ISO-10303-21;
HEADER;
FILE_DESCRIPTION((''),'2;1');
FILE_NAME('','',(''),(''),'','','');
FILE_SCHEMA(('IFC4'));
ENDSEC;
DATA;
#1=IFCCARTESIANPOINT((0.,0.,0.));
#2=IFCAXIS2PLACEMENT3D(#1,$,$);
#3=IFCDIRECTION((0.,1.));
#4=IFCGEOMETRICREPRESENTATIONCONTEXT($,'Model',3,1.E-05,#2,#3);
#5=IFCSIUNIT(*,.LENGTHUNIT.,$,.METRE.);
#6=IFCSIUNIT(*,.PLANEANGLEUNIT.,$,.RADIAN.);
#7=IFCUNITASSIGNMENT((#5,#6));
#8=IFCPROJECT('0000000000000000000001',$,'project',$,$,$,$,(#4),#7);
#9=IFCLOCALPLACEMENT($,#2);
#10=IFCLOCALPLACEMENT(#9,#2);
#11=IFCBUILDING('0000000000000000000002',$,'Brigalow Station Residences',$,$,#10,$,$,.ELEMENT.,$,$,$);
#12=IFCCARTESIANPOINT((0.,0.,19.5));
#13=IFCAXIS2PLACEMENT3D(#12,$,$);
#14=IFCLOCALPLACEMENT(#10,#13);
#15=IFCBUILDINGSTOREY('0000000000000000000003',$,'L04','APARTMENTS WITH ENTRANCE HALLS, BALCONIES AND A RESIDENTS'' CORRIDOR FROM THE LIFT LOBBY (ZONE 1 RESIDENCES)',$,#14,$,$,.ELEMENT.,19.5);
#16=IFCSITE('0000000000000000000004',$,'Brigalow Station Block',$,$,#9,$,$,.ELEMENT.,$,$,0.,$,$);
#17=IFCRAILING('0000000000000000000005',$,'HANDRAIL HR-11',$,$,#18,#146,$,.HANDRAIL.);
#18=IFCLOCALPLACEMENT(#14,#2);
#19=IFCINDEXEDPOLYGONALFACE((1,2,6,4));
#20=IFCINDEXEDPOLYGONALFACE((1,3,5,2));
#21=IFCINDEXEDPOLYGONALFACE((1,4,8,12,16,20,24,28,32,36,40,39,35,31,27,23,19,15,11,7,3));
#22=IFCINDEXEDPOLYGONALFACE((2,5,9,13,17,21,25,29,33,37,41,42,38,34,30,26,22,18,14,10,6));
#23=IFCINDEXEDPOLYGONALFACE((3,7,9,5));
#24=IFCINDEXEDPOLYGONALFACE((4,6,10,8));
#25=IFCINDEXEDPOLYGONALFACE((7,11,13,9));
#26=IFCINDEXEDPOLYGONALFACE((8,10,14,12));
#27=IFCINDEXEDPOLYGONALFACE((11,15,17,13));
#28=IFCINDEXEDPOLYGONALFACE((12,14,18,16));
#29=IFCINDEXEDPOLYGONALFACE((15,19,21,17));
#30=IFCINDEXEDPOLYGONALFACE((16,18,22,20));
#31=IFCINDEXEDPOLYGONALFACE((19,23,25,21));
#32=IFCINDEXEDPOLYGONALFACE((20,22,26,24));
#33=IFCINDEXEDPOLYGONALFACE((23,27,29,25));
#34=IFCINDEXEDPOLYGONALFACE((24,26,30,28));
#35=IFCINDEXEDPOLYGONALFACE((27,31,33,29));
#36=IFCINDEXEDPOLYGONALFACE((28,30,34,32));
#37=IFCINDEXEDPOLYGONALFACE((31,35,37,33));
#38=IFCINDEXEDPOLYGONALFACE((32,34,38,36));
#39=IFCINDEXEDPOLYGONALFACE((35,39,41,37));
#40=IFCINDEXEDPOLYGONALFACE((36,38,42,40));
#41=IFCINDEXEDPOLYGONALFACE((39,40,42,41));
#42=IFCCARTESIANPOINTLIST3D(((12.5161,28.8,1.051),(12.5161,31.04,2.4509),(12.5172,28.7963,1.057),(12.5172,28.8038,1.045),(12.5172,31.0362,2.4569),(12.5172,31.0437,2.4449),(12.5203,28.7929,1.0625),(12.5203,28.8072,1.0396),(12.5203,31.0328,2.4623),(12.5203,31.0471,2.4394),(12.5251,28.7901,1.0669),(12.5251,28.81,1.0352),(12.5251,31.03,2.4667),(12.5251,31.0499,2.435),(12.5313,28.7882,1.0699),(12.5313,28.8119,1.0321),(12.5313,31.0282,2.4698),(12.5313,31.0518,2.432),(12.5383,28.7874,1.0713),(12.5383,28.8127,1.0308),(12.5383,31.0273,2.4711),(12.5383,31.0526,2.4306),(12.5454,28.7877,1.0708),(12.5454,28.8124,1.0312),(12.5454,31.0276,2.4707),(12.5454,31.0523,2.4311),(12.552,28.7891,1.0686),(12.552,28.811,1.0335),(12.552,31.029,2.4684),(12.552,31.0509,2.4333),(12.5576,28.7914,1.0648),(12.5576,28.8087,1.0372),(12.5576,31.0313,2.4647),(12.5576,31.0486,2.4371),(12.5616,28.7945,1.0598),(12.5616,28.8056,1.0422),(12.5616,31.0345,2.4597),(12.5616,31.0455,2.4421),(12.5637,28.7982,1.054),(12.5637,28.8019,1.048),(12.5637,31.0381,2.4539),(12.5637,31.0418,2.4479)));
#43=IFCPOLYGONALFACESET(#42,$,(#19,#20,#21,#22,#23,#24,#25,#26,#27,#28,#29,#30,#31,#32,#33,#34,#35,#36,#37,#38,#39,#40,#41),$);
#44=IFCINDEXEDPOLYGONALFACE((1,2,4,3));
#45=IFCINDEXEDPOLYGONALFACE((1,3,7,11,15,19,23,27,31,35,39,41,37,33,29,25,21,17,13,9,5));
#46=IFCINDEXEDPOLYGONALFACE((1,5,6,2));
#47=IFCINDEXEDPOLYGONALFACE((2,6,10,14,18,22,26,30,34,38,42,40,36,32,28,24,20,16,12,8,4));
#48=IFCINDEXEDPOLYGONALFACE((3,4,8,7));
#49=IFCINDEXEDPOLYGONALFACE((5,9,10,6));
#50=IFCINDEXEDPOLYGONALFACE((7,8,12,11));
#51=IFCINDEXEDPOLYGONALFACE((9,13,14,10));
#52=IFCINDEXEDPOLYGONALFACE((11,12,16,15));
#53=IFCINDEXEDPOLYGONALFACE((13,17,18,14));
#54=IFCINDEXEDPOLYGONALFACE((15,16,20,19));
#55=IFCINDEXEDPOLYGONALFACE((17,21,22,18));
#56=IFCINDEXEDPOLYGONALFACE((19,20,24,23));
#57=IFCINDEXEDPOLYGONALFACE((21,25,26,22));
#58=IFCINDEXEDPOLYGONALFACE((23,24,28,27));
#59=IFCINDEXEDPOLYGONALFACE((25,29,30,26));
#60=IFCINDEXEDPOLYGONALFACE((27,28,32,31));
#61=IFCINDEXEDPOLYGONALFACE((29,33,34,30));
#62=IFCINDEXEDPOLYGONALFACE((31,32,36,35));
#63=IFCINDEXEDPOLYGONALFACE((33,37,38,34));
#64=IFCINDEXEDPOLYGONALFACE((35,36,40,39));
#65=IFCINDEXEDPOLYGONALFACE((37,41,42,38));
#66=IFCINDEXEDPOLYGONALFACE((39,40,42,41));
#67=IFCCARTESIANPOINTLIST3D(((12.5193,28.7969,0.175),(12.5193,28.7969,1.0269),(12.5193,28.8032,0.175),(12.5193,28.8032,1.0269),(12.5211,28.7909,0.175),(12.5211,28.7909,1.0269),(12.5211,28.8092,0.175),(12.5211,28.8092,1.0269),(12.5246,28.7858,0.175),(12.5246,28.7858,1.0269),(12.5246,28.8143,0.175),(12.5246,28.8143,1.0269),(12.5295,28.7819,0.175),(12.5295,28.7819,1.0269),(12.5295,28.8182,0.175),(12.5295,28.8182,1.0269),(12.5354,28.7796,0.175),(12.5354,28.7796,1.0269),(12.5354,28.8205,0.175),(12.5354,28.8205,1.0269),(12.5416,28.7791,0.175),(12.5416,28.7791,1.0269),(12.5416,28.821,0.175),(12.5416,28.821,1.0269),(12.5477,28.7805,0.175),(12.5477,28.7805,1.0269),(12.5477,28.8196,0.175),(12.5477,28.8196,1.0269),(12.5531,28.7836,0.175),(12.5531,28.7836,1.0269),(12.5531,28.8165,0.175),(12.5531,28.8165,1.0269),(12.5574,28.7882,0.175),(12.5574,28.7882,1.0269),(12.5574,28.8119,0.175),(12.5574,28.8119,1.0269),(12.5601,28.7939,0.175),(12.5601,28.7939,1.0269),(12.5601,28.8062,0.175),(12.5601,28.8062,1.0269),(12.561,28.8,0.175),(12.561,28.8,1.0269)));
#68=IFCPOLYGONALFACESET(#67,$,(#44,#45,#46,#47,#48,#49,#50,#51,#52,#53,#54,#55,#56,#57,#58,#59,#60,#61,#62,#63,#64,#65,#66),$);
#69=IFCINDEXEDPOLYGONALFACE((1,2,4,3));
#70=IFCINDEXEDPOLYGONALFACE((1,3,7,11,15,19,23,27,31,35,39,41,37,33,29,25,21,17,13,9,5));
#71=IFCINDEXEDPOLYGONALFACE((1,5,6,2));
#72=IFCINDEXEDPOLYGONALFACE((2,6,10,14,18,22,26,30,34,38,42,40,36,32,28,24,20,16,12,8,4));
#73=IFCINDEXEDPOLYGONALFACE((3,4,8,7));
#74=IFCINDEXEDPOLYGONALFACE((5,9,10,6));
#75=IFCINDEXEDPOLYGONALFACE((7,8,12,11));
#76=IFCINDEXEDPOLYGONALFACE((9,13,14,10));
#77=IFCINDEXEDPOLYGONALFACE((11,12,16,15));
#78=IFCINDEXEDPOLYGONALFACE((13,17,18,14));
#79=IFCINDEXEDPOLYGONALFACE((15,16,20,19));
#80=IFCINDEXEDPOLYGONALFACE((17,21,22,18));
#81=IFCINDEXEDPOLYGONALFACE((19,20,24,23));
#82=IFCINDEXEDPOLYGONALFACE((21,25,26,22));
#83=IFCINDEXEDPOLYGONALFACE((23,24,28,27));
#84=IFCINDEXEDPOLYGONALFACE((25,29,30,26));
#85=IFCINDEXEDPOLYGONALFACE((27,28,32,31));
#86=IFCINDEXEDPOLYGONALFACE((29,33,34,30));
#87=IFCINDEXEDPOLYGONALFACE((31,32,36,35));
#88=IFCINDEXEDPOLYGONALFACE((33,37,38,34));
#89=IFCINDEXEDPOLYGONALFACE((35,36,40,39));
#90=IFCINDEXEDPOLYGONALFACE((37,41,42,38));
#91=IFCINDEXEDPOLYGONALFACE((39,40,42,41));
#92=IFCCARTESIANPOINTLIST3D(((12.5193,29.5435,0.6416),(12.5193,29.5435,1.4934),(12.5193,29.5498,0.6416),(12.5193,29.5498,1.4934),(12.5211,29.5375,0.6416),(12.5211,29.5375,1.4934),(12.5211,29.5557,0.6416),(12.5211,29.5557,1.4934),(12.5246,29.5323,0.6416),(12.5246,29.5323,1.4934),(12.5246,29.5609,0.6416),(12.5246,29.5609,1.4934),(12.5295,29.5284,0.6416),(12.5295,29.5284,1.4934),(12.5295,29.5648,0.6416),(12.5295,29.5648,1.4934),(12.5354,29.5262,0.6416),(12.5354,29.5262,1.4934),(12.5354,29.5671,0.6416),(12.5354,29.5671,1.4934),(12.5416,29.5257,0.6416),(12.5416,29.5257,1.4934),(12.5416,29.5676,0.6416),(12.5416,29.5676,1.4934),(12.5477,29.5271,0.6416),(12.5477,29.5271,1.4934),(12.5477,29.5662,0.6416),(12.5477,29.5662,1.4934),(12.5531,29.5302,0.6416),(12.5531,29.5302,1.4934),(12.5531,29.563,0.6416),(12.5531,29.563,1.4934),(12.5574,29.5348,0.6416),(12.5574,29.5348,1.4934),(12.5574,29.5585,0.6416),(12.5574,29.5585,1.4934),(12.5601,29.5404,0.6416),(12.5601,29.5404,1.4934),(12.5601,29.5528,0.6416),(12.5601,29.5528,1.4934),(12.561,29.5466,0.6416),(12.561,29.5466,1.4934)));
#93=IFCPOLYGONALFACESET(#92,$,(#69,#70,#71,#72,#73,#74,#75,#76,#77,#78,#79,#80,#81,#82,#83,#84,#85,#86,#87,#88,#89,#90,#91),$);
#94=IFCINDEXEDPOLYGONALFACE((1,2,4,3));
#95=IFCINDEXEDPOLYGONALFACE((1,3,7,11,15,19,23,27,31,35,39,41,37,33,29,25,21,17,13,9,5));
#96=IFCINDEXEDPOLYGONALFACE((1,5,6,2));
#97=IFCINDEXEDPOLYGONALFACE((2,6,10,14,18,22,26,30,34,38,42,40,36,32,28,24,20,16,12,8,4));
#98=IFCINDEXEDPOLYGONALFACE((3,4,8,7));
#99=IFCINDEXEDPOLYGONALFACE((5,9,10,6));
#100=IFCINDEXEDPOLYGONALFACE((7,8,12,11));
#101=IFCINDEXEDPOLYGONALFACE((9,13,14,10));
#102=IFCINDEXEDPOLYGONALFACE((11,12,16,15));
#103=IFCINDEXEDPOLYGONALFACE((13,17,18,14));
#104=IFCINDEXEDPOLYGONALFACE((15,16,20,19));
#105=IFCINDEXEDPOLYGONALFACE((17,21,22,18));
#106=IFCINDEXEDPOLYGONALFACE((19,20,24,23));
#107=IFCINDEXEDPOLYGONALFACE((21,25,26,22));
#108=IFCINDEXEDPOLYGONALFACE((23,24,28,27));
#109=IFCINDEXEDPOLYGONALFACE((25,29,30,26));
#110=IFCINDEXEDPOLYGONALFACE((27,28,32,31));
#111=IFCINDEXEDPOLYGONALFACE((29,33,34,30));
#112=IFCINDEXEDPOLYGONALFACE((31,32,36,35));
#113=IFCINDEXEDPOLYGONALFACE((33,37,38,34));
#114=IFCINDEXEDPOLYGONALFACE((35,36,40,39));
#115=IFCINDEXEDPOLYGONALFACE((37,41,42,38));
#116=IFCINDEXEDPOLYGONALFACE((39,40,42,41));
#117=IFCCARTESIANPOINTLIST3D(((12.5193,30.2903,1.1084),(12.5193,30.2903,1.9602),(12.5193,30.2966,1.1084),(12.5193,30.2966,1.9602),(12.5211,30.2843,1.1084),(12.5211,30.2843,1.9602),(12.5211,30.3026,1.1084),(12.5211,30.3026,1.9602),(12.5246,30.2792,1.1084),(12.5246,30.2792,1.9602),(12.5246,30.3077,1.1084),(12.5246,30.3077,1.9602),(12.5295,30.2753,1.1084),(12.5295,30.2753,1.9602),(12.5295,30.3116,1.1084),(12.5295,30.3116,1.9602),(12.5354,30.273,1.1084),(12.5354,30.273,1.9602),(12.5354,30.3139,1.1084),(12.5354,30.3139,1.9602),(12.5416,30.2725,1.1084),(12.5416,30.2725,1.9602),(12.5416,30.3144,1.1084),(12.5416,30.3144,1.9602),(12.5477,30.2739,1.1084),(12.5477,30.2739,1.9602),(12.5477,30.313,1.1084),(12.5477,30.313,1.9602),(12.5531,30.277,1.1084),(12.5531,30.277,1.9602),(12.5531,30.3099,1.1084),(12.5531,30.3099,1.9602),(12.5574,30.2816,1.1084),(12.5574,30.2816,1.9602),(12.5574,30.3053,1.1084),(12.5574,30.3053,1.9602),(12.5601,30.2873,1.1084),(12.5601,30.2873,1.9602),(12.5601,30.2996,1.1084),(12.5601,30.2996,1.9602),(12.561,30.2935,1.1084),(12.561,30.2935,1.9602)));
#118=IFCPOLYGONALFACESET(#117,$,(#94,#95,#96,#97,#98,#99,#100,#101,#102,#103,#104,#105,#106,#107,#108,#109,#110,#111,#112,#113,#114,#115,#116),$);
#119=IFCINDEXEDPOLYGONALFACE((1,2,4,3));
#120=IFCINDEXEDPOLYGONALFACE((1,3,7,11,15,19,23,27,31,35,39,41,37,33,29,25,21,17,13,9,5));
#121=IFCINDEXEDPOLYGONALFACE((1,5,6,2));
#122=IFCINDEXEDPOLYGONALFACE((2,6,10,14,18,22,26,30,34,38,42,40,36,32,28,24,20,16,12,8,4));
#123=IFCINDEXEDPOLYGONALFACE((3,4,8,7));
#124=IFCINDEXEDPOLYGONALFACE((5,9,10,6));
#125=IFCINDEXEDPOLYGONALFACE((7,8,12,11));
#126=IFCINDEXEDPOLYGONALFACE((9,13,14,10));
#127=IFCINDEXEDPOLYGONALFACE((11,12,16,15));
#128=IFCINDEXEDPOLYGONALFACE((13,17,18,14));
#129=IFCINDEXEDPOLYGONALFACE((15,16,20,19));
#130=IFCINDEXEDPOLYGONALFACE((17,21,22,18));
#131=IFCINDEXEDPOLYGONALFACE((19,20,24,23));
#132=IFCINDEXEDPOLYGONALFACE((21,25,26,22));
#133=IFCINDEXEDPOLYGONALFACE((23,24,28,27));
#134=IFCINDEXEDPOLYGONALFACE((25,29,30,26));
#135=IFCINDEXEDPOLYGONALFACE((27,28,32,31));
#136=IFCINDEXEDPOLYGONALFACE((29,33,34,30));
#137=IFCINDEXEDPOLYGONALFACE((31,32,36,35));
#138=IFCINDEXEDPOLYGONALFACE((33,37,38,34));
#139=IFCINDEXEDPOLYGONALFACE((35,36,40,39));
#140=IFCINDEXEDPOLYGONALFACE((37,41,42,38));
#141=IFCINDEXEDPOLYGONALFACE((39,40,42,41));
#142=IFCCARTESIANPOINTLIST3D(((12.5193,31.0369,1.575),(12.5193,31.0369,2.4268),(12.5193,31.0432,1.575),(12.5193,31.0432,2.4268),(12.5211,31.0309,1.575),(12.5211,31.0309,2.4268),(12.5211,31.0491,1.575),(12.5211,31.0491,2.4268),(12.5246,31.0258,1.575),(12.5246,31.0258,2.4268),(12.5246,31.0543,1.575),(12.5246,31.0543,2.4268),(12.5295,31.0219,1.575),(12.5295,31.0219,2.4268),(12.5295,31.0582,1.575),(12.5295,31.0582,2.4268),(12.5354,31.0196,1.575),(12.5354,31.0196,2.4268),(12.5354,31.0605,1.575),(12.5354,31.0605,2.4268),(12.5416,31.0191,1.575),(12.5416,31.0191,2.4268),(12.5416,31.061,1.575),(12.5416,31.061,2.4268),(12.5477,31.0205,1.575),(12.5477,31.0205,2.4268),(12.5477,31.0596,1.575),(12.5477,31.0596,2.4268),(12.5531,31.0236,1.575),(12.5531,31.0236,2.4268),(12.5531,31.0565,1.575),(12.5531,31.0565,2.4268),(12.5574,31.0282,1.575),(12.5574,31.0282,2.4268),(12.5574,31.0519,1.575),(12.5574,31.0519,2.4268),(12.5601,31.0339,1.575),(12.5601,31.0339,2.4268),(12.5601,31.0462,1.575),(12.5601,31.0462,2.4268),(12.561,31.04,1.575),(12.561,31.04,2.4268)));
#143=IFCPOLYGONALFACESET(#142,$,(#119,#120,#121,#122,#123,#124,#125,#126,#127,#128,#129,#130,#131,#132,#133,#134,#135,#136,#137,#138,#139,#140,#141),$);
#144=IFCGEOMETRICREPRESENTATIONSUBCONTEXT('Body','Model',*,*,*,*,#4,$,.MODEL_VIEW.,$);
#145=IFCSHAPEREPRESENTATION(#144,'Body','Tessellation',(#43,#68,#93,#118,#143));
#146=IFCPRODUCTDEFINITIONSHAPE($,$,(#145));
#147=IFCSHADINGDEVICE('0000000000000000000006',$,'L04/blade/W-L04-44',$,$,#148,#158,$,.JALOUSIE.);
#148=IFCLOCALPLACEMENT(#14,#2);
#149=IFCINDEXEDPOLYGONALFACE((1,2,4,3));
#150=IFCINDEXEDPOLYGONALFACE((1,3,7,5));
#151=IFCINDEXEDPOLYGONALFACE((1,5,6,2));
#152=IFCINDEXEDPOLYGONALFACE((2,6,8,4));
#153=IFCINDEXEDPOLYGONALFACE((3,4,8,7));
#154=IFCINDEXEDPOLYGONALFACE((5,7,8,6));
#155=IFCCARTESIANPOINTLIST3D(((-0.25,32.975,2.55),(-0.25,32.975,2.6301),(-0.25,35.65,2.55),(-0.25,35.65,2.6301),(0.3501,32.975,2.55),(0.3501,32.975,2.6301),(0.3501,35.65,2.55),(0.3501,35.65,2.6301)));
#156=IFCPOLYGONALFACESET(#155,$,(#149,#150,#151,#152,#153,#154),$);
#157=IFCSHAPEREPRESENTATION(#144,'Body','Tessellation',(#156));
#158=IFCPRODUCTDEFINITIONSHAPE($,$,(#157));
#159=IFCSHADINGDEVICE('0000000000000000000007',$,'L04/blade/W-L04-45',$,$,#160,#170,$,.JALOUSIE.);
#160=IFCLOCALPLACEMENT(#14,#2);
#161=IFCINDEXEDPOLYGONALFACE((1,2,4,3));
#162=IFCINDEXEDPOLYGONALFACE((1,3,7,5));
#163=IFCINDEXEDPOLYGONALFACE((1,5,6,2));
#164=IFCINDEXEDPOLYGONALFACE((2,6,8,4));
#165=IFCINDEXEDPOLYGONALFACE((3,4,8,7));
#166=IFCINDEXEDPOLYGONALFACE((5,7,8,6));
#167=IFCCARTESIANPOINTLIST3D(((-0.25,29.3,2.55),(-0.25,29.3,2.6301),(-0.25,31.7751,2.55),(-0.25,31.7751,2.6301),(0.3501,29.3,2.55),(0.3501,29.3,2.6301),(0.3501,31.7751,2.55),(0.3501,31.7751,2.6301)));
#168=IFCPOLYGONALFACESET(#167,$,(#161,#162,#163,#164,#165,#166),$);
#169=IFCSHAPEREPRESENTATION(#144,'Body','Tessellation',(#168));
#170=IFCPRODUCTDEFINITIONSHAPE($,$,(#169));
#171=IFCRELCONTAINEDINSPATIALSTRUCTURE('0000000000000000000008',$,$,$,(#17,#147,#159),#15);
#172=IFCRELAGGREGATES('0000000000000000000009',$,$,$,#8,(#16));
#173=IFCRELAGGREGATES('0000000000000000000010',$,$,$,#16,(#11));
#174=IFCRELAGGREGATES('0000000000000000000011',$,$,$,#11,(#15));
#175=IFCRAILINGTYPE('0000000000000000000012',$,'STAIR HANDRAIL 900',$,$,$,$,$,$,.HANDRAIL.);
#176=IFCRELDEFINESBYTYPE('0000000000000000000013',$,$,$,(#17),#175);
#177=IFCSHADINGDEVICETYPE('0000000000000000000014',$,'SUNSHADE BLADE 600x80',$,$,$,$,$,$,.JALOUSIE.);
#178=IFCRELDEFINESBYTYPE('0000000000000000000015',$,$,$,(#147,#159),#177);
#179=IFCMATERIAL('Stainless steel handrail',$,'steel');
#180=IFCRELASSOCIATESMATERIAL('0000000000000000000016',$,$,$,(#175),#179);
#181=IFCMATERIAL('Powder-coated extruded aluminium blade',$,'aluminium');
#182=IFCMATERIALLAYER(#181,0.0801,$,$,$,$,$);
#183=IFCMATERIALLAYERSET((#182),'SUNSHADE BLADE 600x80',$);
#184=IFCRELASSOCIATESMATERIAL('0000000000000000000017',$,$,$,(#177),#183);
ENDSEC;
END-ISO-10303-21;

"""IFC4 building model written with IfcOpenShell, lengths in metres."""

from ifc_helpers import new_model, si_unit, direction, frame, origin, origin_2d, place, context, subcontext, project, spatial, rectangle, circle, extrude, material, layer, layer_set, type_object, element, save


model = new_model("IFC4")

# Units and contexts
model_context = context("Model", 3, precision=1e-05, world=origin(), true_north=direction((0.0, 1.0)))
body_context = subcontext(model_context, "Body", "Model", "MODEL_VIEW")
ifc_project = project(units=[si_unit("LENGTHUNIT", "METRE"), si_unit("PLANEANGLEUNIT", "RADIAN")], contexts=[model_context])

# Site, building, storey
site_placement = place(None, origin())
site = spatial("IfcSite", under=ifc_project, at=site_placement, Name="Brigalow Station Block", CompositionType="ELEMENT", RefElevation=0.0)
building_placement = place(site_placement, origin())
building = spatial("IfcBuilding", under=site, at=building_placement, Name="Brigalow Station Residences", CompositionType="ELEMENT")
storey_placement = place(building_placement, frame((0.0, 0.0, 19.5)))
storey = spatial("IfcBuildingStorey", under=building, at=storey_placement, Name="L04", Description="APARTMENTS WITH ENTRANCE HALLS, BALCONIES AND A RESIDENTS' CORRIDOR FROM THE LIFT LOBBY (ZONE 1 RESIDENCES)", CompositionType="ELEMENT", Elevation=19.5)

# Railing
ifc_material_1 = material(Name="Stainless steel handrail", Category="steel")
railing_type_1 = type_object("IfcRailingType", Name="STAIR HANDRAIL 900", PredefinedType="HANDRAIL", material=ifc_material_1)
railing_1_placement = place(storey_placement, frame((12.54, 28.8, 0.175)))
element("IfcRailing", 1, at=railing_1_placement, inside=storey, type_object=railing_type_1, Name="HANDRAIL HR-11", PredefinedType="HANDRAIL", context=body_context, shape_type="SweptSolid", body=[
    extrude(circle(Radius=0.0239, at=origin_2d()), frame((0.0, 0.0, 0.876), z_axis=(0.0, 0.848014, 0.529974), x_axis=(-1.0, 0.0, 0.0)), (0.0, 0.0, 1.0), 2.6414),
    extrude(circle(Radius=0.021, at=origin_2d()), origin(), (0.0, 0.0, 1.0), 0.8518),
    extrude(circle(Radius=0.021, at=origin_2d()), frame((0.0, 0.7466, 0.4666)), (0.0, 0.0, 1.0), 0.8518),
    extrude(circle(Radius=0.021, at=origin_2d()), frame((0.0, 1.4934, 0.9333)), (0.0, 0.0, 1.0), 0.8518),
    extrude(circle(Radius=0.021, at=origin_2d()), frame((0.0, 2.24, 1.3999)), (0.0, 0.0, 1.0), 0.8518),
])

# Shading devices
ifc_material_2 = material(Name="Powder-coated extruded aluminium blade", Category="aluminium")
ifc_layer_1 = layer(ifc_material_2, 0.0801)
ifc_layer_set_1 = layer_set([ifc_layer_1], Name="SUNSHADE BLADE 600x80")
shading_device_type = type_object("IfcShadingDeviceType", Name="SUNSHADE BLADE 600x80", PredefinedType="JALOUSIE", material=ifc_layer_set_1)
shading_device_1_placement = place(storey_placement, frame((0.05, 34.3125, 2.55), z_axis=(0.0, 0.0, 1.0), x_axis=(0.0, -1.0, 0.0)))
element("IfcShadingDevice", 2, at=shading_device_1_placement, inside=storey, type_object=shading_device_type, Name="L04/blade/W-L04-44", PredefinedType="JALOUSIE", context=body_context, shape_type="SweptSolid", body=[
    extrude(rectangle(XDim=2.675, YDim=0.6001, at=origin_2d()), origin(), (0.0, 0.0, 1.0), 0.0801),
])
shading_device_2_placement = place(storey_placement, frame((0.05, 30.5376, 2.55), z_axis=(0.0, 0.0, 1.0), x_axis=(0.0, -1.0, 0.0)))
element("IfcShadingDevice", 3, at=shading_device_2_placement, inside=storey, type_object=shading_device_type, Name="L04/blade/W-L04-45", PredefinedType="JALOUSIE", context=body_context, shape_type="SweptSolid", body=[
    extrude(rectangle(XDim=2.4751, YDim=0.6001, at=origin_2d()), origin(), (0.0, 0.0, 1.0), 0.0801),
])

save(model, "model.ifc")
